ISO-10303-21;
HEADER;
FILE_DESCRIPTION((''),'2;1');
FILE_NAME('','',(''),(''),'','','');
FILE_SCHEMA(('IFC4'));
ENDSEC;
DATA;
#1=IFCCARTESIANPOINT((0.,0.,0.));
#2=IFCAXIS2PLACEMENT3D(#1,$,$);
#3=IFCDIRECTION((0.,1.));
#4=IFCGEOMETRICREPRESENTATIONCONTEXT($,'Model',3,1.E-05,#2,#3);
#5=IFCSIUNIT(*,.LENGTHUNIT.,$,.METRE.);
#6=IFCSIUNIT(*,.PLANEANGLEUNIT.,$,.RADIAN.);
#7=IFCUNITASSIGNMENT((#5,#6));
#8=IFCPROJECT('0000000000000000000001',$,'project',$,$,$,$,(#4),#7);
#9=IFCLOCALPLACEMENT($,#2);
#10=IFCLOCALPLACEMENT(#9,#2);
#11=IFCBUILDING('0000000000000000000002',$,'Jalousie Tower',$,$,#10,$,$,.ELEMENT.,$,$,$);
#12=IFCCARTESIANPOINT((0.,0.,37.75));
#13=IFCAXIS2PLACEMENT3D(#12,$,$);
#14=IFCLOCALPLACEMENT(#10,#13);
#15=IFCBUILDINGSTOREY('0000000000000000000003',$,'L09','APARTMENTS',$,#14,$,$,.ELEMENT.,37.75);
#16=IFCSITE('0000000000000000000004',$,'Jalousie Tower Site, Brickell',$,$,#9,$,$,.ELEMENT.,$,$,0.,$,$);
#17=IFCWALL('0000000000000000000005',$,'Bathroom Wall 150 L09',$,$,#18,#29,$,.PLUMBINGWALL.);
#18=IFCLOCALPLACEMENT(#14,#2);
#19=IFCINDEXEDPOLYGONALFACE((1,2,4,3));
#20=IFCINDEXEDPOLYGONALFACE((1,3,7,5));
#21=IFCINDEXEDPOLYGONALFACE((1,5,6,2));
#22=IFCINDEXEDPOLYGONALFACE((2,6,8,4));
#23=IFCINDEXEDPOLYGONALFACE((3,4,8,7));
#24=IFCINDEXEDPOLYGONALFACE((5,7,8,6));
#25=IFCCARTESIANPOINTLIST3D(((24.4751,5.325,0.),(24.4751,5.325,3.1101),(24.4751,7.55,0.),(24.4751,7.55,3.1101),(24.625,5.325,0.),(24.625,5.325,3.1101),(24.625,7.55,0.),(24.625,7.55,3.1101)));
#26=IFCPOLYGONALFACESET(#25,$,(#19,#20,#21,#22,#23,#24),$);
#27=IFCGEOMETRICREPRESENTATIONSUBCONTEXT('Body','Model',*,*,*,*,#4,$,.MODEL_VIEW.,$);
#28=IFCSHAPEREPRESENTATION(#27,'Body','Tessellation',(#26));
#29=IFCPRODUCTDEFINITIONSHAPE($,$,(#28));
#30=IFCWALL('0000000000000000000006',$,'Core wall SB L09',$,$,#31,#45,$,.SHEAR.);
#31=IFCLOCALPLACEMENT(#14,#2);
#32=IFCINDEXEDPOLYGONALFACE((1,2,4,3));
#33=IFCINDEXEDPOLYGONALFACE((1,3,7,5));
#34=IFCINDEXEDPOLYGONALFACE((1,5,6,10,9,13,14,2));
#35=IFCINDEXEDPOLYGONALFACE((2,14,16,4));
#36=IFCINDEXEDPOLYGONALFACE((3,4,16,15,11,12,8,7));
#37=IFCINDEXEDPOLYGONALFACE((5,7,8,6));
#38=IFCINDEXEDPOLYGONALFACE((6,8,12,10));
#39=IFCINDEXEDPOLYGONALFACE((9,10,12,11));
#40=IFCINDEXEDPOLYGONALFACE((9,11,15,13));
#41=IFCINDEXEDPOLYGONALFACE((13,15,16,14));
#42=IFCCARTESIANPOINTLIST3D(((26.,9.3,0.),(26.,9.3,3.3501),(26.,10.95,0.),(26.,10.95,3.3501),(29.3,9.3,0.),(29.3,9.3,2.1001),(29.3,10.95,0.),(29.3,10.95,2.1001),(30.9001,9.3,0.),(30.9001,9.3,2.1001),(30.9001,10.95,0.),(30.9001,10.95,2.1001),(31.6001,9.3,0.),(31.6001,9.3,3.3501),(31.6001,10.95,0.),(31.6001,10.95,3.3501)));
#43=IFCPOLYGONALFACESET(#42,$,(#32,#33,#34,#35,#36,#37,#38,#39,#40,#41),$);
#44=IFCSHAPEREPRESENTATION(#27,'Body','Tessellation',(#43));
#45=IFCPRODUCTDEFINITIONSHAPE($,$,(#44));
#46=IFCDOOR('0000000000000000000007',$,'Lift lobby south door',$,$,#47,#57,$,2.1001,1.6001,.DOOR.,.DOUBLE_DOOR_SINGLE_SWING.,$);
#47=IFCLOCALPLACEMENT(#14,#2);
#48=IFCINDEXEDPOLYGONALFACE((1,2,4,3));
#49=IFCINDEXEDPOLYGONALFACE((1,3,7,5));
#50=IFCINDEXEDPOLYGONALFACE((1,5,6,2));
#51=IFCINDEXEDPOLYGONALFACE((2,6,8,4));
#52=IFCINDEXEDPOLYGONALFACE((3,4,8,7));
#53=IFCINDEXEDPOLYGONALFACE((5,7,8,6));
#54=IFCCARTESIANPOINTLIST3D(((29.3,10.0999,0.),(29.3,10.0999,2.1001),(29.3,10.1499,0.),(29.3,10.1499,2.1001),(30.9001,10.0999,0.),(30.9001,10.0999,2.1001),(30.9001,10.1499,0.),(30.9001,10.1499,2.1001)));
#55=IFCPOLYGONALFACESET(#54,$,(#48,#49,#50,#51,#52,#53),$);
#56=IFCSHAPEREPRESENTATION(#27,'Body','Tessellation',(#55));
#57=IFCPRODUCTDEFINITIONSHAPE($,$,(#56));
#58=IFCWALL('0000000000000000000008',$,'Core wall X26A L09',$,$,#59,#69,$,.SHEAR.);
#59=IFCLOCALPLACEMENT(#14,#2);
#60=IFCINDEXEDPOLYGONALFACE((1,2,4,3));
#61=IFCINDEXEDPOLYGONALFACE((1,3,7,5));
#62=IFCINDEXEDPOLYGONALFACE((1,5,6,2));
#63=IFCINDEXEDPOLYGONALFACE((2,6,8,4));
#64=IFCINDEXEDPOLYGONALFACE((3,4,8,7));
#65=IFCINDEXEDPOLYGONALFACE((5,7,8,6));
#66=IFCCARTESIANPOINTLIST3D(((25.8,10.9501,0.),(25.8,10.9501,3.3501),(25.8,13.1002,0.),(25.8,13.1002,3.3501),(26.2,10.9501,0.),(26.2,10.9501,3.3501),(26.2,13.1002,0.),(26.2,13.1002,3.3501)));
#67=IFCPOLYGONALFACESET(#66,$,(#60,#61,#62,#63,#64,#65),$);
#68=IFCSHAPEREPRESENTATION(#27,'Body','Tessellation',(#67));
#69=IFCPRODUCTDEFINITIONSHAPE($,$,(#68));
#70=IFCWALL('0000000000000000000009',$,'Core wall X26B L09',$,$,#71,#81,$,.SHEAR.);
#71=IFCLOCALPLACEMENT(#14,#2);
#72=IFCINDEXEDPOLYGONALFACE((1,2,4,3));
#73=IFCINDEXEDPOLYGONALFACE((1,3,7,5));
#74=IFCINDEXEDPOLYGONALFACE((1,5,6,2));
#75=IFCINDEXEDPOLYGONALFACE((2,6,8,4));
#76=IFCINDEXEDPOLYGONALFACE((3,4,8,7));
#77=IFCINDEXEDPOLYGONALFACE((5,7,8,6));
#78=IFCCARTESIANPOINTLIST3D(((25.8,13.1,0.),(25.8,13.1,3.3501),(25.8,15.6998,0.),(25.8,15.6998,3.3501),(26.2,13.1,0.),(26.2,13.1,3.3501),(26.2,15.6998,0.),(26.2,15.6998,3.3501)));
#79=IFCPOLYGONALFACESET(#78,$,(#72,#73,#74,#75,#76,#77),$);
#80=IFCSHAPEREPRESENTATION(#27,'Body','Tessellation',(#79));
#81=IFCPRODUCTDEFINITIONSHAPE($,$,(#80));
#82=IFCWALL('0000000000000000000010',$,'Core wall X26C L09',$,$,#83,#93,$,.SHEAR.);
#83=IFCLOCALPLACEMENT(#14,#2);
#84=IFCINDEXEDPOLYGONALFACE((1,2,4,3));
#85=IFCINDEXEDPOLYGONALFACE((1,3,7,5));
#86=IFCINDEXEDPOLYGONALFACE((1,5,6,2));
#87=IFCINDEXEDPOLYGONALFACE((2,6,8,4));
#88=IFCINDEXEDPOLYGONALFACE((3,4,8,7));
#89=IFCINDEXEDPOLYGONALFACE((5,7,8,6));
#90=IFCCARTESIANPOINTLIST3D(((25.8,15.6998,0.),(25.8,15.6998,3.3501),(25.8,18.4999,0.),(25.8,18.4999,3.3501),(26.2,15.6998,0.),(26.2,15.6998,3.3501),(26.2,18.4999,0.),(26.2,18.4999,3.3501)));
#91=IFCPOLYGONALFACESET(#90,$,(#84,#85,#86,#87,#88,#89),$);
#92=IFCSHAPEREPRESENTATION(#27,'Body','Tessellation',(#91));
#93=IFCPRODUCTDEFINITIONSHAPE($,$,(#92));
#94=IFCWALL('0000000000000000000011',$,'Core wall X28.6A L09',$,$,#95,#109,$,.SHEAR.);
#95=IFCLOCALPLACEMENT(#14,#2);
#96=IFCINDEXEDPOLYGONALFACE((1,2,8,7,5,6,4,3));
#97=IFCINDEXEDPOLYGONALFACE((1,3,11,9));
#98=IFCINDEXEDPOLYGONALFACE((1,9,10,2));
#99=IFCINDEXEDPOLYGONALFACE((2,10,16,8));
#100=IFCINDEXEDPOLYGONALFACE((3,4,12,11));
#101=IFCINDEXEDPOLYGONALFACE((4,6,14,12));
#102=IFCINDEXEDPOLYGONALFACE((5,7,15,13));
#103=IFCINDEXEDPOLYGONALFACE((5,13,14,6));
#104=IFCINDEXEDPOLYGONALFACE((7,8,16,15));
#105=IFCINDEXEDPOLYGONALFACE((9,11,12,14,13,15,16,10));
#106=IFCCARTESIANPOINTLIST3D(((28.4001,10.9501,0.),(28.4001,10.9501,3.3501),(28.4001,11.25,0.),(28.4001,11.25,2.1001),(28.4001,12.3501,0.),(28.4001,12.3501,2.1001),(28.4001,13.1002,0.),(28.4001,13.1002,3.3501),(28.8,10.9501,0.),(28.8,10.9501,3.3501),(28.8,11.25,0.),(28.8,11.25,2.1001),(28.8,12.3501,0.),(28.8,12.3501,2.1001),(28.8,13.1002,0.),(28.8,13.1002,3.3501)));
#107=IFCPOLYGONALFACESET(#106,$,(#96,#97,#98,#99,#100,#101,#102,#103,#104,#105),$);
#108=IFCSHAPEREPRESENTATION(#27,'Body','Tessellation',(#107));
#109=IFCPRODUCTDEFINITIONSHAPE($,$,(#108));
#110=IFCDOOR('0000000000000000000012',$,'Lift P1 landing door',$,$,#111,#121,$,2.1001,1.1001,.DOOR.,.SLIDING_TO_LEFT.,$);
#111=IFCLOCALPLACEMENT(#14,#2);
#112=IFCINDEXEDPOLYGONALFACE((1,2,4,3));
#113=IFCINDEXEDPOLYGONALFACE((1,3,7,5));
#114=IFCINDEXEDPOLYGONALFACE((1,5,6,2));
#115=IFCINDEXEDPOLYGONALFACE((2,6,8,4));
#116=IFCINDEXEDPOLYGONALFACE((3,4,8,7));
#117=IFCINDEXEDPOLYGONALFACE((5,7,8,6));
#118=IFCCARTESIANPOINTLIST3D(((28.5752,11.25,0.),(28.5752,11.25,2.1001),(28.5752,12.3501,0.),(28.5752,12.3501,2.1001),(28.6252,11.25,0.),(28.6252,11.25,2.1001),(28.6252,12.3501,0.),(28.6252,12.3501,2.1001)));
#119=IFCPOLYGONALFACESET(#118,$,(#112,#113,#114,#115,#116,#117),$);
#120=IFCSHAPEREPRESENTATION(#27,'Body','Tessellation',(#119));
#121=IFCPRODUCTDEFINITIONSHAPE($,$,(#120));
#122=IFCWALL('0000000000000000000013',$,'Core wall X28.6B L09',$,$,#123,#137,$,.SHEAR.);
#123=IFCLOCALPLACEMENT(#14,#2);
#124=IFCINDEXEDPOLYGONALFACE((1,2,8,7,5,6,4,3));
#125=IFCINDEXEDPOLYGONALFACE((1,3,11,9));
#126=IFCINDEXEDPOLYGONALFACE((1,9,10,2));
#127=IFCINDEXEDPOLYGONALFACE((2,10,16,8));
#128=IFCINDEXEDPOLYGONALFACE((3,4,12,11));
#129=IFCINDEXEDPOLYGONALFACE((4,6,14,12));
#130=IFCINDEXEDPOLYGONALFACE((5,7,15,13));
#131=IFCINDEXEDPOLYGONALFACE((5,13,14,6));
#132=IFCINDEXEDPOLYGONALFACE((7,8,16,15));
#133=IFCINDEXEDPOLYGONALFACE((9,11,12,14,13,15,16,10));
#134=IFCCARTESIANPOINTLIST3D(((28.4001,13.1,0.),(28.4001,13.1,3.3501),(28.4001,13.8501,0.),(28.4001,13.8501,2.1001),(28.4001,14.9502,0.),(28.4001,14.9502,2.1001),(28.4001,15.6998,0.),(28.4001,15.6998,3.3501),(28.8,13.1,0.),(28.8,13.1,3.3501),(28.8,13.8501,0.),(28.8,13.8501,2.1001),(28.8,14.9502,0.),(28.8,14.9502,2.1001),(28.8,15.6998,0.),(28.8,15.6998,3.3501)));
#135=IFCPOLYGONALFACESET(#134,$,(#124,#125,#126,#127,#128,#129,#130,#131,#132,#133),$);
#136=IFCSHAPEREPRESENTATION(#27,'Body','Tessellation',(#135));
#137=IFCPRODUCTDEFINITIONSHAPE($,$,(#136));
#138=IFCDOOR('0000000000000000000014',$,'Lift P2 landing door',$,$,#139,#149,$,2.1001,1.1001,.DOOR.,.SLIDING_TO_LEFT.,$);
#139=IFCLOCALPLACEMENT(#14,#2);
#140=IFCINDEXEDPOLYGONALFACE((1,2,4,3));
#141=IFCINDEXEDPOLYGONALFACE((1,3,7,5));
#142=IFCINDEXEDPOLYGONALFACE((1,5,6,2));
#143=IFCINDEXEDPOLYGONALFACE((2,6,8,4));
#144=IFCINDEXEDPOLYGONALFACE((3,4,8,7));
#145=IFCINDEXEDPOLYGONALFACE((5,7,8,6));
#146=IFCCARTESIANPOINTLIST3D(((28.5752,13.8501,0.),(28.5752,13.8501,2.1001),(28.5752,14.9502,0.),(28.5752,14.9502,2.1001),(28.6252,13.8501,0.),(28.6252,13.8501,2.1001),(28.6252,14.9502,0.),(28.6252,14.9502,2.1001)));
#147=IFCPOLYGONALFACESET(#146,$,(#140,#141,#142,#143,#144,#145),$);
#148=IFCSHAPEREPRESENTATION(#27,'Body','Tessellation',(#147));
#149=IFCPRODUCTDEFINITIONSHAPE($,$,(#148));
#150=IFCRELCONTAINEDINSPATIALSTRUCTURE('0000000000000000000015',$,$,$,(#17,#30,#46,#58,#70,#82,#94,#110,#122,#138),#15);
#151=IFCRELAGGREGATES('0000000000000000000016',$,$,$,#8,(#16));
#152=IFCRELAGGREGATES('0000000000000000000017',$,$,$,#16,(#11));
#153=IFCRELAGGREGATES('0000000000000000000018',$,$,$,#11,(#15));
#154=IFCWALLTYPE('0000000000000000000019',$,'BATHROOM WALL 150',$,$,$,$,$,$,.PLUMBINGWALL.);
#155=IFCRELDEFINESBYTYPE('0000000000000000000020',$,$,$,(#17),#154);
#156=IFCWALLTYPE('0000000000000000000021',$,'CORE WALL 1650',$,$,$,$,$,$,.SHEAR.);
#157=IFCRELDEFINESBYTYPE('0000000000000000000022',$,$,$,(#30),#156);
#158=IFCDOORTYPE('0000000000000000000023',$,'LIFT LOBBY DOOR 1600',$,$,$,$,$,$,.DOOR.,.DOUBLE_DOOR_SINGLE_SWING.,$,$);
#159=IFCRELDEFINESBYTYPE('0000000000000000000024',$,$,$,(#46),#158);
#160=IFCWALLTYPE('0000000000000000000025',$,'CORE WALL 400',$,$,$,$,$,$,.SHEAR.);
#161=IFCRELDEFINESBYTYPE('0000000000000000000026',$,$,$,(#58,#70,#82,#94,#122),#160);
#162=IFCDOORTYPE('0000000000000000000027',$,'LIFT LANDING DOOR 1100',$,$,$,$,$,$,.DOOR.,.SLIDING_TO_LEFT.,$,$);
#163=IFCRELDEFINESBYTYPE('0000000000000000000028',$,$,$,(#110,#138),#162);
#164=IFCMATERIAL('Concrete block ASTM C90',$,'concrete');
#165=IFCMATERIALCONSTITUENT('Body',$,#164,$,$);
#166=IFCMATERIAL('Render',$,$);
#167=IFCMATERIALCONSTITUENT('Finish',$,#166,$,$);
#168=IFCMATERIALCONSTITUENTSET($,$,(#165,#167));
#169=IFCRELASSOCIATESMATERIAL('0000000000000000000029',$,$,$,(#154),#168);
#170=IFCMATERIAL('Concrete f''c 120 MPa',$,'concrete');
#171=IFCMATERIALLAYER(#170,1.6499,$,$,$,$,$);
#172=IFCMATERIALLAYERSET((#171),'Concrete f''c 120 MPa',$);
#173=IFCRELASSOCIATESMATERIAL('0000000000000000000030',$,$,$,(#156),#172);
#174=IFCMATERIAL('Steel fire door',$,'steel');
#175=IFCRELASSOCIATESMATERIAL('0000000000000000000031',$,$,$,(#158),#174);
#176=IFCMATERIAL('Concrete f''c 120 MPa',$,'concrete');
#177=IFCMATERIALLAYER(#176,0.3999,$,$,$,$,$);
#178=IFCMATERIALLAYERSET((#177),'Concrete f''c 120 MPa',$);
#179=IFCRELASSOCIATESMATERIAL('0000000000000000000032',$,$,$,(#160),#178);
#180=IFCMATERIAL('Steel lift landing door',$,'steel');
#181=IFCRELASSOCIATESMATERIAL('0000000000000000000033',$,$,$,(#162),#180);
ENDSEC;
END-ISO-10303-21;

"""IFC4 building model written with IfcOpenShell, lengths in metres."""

from ifc_helpers import new_model, si_unit, direction, frame, frame_2d, origin, place, context, subcontext, project, spatial, rectangle, extrude, material, layer, layer_set, constituent, constituent_set, type_object, element, fill, save


model = new_model("IFC4")

# Units and contexts
model_context = context("Model", 3, precision=1e-05, world=origin(), true_north=direction((0.0, 1.0)))
body_context = subcontext(model_context, "Body", "Model", "MODEL_VIEW")
ifc_project = project(units=[si_unit("LENGTHUNIT", "METRE"), si_unit("PLANEANGLEUNIT", "RADIAN")], contexts=[model_context])

# Site, building, storey
site_placement = place(None, origin())
site = spatial("IfcSite", under=ifc_project, at=site_placement, Name="Jalousie Tower Site, Brickell", CompositionType="ELEMENT", RefElevation=0.0)
building_placement = place(site_placement, origin())
building = spatial("IfcBuilding", under=site, at=building_placement, Name="Jalousie Tower", CompositionType="ELEMENT")
storey_placement = place(building_placement, frame((0.0, 0.0, 37.75)))
storey = spatial("IfcBuildingStorey", under=building, at=storey_placement, Name="L09", Description="APARTMENTS", CompositionType="ELEMENT", Elevation=37.75)

# Wall
ifc_material_1 = material(Name="Concrete block ASTM C90", Category="concrete")
ifc_constituent_1 = constituent(ifc_material_1, Name="Body")
ifc_material_2 = material(Name="Render")
ifc_constituent_2 = constituent(ifc_material_2, Name="Finish")
ifc_constituent_set_1 = constituent_set(constituents=[ifc_constituent_1, ifc_constituent_2])
wall_type_1 = type_object("IfcWallType", Name="BATHROOM WALL 150", PredefinedType="PLUMBINGWALL", material=ifc_constituent_set_1)
wall_1_placement = place(storey_placement, frame((24.55, 5.325, 0.0), z_axis=(0.0, 0.0, 1.0), x_axis=(0.0, 1.0, 0.0)))
element("IfcWall", 1, at=wall_1_placement, inside=storey, type_object=wall_type_1, Name="Bathroom Wall 150 L09", PredefinedType="PLUMBINGWALL", context=body_context, shape_type="SweptSolid", body=[
    extrude(rectangle(XDim=2.2251, YDim=0.1499, at=frame_2d((1.1125, 0.0))), origin(), (0.0, 0.0, 1.0), 3.1101),
])

# Wall, opening, door
ifc_material_3 = material(Name="Concrete f'c 120 MPa", Category="concrete")
ifc_layer_1 = layer(ifc_material_3, 1.6499)
ifc_layer_set_1 = layer_set([ifc_layer_1], Name="Concrete f'c 120 MPa")
wall_type_2 = type_object("IfcWallType", Name="CORE WALL 1650", PredefinedType="SHEAR", material=ifc_layer_set_1)
wall_2_placement = place(storey_placement, frame((26.0, 10.125, 0.0), z_axis=(0.0, 0.0, 1.0), x_axis=(1.0, 0.0, 0.0)))
wall_2 = element("IfcWall", 2, at=wall_2_placement, inside=storey, type_object=wall_type_2, Name="Core wall SB L09", PredefinedType="SHEAR", context=body_context, shape_type="SweptSolid", body=[
    extrude(rectangle(XDim=5.6001, YDim=1.6499, at=frame_2d((2.8, 0.0))), origin(), (0.0, 0.0, 1.0), 3.3501),
])
opening_1_placement = place(wall_2_placement, frame((3.3, 0.0, 0.0)))
opening_1 = element("IfcOpeningElement", 3, at=opening_1_placement, cuts=wall_2, PredefinedType="OPENING", context=body_context, shape_type="SweptSolid", body=[
    extrude(rectangle(XDim=1.6001, YDim=2.1001, at=frame_2d((0.8, 1.05))), frame((0.0, 0.835, 0.0), z_axis=(0.0, -1.0, 0.0), x_axis=(1.0, 0.0, 0.0)), (0.0, 0.0, 1.0), 1.6699),
])
ifc_material_4 = material(Name="Steel fire door", Category="steel")
door_type_1 = type_object("IfcDoorType", Name="LIFT LOBBY DOOR 1600", OperationType="DOUBLE_DOOR_SINGLE_SWING", PredefinedType="DOOR", material=ifc_material_4)
door_1_placement = place(opening_1_placement, origin())
door_1 = element("IfcDoor", 4, at=door_1_placement, inside=storey, type_object=door_type_1, Name="Lift lobby south door", OperationType="DOUBLE_DOOR_SINGLE_SWING", OverallHeight=2.1001, OverallWidth=1.6001, PredefinedType="DOOR", context=body_context, shape_type="SweptSolid", body=[
    extrude(rectangle(XDim=1.6001, YDim=2.1001, at=frame_2d((0.8, 1.05))), frame((0.0, 0.0249, 0.0), z_axis=(0.0, -1.0, 0.0), x_axis=(1.0, 0.0, 0.0)), (0.0, 0.0, 1.0), 0.05),
])
fill(opening_1, door_1)

# Walls
ifc_material_5 = material(Name="Concrete f'c 120 MPa", Category="concrete")
ifc_layer_2 = layer(ifc_material_5, 0.3999)
ifc_layer_set_2 = layer_set([ifc_layer_2], Name="Concrete f'c 120 MPa")
wall_type_3 = type_object("IfcWallType", Name="CORE WALL 400", PredefinedType="SHEAR", material=ifc_layer_set_2)
wall_3_placement = place(storey_placement, frame((26.0, 10.95, 0.0), z_axis=(0.0, 0.0, 1.0), x_axis=(0.0, 1.0, 0.0)))
element("IfcWall", 5, at=wall_3_placement, inside=storey, type_object=wall_type_3, Name="Core wall X26A L09", PredefinedType="SHEAR", context=body_context, shape_type="SweptSolid", body=[
    extrude(rectangle(XDim=2.1501, YDim=0.3999, at=frame_2d((1.0752, 0.0))), origin(), (0.0, 0.0, 1.0), 3.3501),
])
wall_4_placement = place(storey_placement, frame((26.0, 13.1001, 0.0), z_axis=(0.0, 0.0, 1.0), x_axis=(0.0, 1.0, 0.0)))
element("IfcWall", 6, at=wall_4_placement, inside=storey, type_object=wall_type_3, Name="Core wall X26B L09", PredefinedType="SHEAR", context=body_context, shape_type="SweptSolid", body=[
    extrude(rectangle(XDim=2.5999, YDim=0.3999, at=frame_2d((1.2998, 0.0))), origin(), (0.0, 0.0, 1.0), 3.3501),
])
wall_5_placement = place(storey_placement, frame((26.0, 15.7, 0.0), z_axis=(0.0, 0.0, 1.0), x_axis=(0.0, 1.0, 0.0)))
element("IfcWall", 7, at=wall_5_placement, inside=storey, type_object=wall_type_3, Name="Core wall X26C L09", PredefinedType="SHEAR", context=body_context, shape_type="SweptSolid", body=[
    extrude(rectangle(XDim=2.8, YDim=0.3999, at=frame_2d((1.3999, 0.0))), origin(), (0.0, 0.0, 1.0), 3.3501),
])

# Walls, openings, doors
wall_6_placement = place(storey_placement, frame((28.6001, 10.95, 0.0), z_axis=(0.0, 0.0, 1.0), x_axis=(0.0, 1.0, 0.0)))
wall_6 = element("IfcWall", 8, at=wall_6_placement, inside=storey, type_object=wall_type_3, Name="Core wall X28.6A L09", PredefinedType="SHEAR", context=body_context, shape_type="SweptSolid", body=[
    extrude(rectangle(XDim=2.1501, YDim=0.3999, at=frame_2d((1.0752, 0.0))), origin(), (0.0, 0.0, 1.0), 3.3501),
])
opening_2_placement = place(wall_6_placement, frame((0.3, 0.0, 0.0)))
opening_2 = element("IfcOpeningElement", 9, at=opening_2_placement, cuts=wall_6, PredefinedType="OPENING", context=body_context, shape_type="SweptSolid", body=[
    extrude(rectangle(XDim=1.1001, YDim=2.1001, at=frame_2d((0.55, 1.05))), frame((0.0, 0.21, 0.0), z_axis=(0.0, -1.0, 0.0), x_axis=(1.0, 0.0, 0.0)), (0.0, 0.0, 1.0), 0.4199),
])
ifc_material_6 = material(Name="Steel lift landing door", Category="steel")
door_type_2 = type_object("IfcDoorType", Name="LIFT LANDING DOOR 1100", OperationType="SLIDING_TO_LEFT", PredefinedType="DOOR", material=ifc_material_6)
door_2_placement = place(opening_2_placement, origin())
door_2 = element("IfcDoor", 10, at=door_2_placement, inside=storey, type_object=door_type_2, Name="Lift P1 landing door", OperationType="SLIDING_TO_LEFT", OverallHeight=2.1001, OverallWidth=1.1001, PredefinedType="DOOR", context=body_context, shape_type="SweptSolid", body=[
    extrude(rectangle(XDim=1.1001, YDim=2.1001, at=frame_2d((0.55, 1.05))), frame((0.0, 0.0249, 0.0), z_axis=(0.0, -1.0, 0.0), x_axis=(1.0, 0.0, 0.0)), (0.0, 0.0, 1.0), 0.05),
])
fill(opening_2, door_2)
wall_7_placement = place(storey_placement, frame((28.6001, 13.1001, 0.0), z_axis=(0.0, 0.0, 1.0), x_axis=(0.0, 1.0, 0.0)))
wall_7 = element("IfcWall", 11, at=wall_7_placement, inside=storey, type_object=wall_type_3, Name="Core wall X28.6B L09", PredefinedType="SHEAR", context=body_context, shape_type="SweptSolid", body=[
    extrude(rectangle(XDim=2.5999, YDim=0.3999, at=frame_2d((1.2998, 0.0))), origin(), (0.0, 0.0, 1.0), 3.3501),
])
opening_3_placement = place(wall_7_placement, frame((0.75, 0.0, 0.0)))
opening_3 = element("IfcOpeningElement", 12, at=opening_3_placement, cuts=wall_7, PredefinedType="OPENING", context=body_context, shape_type="SweptSolid", body=[
    extrude(rectangle(XDim=1.1001, YDim=2.1001, at=frame_2d((0.55, 1.05))), frame((0.0, 0.21, 0.0), z_axis=(0.0, -1.0, 0.0), x_axis=(1.0, 0.0, 0.0)), (0.0, 0.0, 1.0), 0.4199),
])
door_3_placement = place(opening_3_placement, origin())
door_3 = element("IfcDoor", 13, at=door_3_placement, inside=storey, type_object=door_type_2, Name="Lift P2 landing door", OperationType="SLIDING_TO_LEFT", OverallHeight=2.1001, OverallWidth=1.1001, PredefinedType="DOOR", context=body_context, shape_type="SweptSolid", body=[
    extrude(rectangle(XDim=1.1001, YDim=2.1001, at=frame_2d((0.55, 1.05))), frame((0.0, 0.0249, 0.0), z_axis=(0.0, -1.0, 0.0), x_axis=(1.0, 0.0, 0.0)), (0.0, 0.0, 1.0), 0.05),
])
fill(opening_3, door_3)

save(model, "model.ifc")
